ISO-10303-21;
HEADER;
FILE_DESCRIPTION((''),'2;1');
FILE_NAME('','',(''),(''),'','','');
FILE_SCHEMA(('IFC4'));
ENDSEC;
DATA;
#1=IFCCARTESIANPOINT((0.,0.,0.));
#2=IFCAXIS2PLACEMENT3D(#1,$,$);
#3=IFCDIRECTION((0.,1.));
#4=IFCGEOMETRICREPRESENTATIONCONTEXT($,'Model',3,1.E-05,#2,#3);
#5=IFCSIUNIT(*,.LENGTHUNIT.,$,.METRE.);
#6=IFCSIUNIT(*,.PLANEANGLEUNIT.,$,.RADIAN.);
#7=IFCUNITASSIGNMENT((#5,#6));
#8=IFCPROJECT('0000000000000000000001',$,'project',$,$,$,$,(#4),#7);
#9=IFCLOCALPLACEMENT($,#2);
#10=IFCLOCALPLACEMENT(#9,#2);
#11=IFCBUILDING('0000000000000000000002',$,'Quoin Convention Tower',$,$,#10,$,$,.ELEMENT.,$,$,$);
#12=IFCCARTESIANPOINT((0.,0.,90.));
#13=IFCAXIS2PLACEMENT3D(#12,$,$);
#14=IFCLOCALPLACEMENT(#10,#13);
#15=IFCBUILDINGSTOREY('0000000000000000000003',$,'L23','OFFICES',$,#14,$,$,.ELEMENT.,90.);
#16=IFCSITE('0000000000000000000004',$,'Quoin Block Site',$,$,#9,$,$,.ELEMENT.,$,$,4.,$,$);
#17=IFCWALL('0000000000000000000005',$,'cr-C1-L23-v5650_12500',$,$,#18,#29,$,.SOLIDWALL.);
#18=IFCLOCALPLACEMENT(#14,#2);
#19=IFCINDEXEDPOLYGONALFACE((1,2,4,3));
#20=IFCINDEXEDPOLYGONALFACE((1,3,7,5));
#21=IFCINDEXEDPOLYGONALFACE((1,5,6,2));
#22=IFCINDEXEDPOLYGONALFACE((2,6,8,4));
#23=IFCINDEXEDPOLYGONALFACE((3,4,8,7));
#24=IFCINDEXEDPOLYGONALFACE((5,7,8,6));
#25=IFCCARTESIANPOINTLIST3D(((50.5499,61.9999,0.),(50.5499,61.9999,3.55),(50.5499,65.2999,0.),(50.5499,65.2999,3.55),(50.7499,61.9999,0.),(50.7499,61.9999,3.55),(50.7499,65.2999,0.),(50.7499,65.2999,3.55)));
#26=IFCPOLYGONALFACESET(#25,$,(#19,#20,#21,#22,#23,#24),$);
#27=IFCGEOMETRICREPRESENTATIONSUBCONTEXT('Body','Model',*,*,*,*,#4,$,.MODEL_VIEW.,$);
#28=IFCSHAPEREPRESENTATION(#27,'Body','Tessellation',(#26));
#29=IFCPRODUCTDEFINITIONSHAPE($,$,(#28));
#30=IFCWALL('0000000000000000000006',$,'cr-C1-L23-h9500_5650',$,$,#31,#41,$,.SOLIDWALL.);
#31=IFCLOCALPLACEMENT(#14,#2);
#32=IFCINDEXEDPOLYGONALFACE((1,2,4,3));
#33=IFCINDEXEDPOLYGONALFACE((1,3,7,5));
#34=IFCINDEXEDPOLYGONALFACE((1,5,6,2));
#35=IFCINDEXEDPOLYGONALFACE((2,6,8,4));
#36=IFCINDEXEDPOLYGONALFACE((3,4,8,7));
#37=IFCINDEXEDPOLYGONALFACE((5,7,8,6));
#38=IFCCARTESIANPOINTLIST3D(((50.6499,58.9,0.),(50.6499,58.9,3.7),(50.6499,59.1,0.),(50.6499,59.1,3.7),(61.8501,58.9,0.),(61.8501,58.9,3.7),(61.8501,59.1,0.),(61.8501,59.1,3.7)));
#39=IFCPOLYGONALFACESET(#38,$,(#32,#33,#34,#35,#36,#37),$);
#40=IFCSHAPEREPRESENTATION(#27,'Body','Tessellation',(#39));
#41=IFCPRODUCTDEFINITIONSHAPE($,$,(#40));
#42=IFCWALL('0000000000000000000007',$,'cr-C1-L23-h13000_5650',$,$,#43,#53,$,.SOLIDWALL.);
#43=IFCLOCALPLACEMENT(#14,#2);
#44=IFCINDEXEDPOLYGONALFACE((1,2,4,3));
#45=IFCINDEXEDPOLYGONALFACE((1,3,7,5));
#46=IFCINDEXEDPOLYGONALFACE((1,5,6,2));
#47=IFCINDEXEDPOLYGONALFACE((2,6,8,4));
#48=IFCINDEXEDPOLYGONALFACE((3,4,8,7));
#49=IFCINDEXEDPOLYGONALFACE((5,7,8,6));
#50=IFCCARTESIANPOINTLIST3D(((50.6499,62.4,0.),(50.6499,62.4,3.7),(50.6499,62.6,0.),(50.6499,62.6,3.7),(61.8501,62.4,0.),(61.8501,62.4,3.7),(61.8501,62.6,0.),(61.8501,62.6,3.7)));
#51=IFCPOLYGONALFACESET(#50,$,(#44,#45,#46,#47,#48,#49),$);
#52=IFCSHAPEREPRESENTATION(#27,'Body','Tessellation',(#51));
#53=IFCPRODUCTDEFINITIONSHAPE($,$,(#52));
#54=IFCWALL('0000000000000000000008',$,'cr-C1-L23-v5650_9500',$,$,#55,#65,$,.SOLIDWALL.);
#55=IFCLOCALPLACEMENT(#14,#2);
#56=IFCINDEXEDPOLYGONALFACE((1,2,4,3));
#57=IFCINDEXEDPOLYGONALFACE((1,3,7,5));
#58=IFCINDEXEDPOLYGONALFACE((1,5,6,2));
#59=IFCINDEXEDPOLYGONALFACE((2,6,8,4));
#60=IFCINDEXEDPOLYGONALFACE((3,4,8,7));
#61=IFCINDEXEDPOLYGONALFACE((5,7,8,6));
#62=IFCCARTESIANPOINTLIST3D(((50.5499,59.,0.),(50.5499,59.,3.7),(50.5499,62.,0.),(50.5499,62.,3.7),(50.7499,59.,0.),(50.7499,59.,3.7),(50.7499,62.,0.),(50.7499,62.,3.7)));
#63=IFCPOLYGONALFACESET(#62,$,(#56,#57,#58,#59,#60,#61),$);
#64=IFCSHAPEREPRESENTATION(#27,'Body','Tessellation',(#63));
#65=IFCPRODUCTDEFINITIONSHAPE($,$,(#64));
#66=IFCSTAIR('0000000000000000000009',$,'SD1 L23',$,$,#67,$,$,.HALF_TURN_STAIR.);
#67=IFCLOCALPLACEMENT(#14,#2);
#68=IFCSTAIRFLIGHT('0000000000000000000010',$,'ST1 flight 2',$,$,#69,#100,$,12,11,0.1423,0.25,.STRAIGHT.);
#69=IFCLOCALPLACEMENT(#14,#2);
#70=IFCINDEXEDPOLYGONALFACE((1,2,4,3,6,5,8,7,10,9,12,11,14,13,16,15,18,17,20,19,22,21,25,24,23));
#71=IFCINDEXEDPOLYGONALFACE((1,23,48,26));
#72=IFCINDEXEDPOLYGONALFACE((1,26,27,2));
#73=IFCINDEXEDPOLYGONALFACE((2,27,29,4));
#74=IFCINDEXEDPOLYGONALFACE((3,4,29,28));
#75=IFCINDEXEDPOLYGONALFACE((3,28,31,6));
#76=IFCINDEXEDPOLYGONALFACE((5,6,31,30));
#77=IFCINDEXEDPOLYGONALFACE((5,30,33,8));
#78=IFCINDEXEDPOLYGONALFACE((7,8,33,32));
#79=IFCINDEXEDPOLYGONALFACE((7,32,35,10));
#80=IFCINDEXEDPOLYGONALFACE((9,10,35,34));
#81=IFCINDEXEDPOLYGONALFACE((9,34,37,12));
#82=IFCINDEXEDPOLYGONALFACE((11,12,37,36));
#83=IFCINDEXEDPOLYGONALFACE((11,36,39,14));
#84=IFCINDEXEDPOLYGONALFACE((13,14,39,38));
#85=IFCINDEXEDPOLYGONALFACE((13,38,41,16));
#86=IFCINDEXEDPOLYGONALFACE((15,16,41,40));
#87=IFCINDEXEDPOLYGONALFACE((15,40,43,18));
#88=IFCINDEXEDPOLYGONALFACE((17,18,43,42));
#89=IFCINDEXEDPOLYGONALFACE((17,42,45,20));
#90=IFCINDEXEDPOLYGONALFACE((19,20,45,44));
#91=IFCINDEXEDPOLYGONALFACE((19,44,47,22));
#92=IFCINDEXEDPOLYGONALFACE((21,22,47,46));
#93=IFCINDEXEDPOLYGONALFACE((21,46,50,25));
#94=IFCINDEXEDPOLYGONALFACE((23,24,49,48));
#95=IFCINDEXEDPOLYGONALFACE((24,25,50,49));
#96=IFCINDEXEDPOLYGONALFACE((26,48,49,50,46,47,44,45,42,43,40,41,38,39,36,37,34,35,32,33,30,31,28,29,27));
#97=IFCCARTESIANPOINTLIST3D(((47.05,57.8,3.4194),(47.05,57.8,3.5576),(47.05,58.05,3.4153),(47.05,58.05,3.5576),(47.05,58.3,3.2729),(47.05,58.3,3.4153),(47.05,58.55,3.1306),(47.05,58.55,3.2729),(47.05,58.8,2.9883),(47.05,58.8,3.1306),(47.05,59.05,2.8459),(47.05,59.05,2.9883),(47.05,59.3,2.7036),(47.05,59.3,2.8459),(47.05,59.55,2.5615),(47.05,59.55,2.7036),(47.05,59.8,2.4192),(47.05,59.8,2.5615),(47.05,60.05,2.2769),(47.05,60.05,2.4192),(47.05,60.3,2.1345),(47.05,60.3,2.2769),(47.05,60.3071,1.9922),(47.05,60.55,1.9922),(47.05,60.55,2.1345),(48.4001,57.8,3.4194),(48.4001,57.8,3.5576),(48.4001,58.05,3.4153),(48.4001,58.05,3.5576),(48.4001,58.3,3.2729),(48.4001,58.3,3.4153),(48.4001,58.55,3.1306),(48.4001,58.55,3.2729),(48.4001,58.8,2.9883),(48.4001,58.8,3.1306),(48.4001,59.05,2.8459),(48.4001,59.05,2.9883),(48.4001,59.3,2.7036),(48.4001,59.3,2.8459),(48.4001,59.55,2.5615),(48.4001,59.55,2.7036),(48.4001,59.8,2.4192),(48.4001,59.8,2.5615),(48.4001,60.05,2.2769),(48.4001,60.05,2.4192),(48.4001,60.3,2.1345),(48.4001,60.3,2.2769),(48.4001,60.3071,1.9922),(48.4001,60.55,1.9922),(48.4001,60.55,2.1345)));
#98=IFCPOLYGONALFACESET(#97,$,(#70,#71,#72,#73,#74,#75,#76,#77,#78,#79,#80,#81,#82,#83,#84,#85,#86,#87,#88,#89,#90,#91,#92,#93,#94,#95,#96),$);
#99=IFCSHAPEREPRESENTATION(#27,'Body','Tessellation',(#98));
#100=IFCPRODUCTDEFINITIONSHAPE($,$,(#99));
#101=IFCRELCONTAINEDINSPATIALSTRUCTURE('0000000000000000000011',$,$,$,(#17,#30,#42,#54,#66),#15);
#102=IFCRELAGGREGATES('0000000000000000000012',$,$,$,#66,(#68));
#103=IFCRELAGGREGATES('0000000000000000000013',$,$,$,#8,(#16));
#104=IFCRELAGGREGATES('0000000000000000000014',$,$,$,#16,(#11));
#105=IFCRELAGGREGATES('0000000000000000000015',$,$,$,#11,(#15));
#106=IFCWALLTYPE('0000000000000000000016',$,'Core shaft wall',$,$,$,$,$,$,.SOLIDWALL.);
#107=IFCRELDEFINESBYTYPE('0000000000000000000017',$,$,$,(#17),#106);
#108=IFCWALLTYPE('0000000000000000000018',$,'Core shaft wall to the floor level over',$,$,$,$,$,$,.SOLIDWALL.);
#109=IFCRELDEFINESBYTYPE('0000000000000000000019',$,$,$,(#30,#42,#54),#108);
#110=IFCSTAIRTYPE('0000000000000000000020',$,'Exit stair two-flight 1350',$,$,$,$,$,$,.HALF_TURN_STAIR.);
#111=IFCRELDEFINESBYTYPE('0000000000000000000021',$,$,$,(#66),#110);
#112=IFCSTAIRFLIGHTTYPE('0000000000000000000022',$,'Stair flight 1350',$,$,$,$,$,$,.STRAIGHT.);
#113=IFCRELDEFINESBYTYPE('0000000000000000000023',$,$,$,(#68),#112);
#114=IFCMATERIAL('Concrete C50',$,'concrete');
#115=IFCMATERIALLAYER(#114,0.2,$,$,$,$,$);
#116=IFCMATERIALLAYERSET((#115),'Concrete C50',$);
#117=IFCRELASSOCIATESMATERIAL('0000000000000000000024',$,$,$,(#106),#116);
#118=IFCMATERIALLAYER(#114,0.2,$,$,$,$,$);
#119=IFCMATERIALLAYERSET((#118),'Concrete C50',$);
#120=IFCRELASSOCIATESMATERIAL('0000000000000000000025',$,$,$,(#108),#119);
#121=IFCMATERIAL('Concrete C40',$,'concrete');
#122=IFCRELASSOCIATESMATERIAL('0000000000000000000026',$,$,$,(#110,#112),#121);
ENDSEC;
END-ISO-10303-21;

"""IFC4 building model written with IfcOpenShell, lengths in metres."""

from ifc_helpers import new_model, si_unit, direction, frame, frame_2d, origin, place, context, subcontext, project, spatial, polyline, rectangle, outline, extrude, material, layer, layer_set, type_object, element, aggregate, save


model = new_model("IFC4")

# Units and contexts
model_context = context("Model", 3, precision=1e-05, world=origin(), true_north=direction((0.0, 1.0)))
body_context = subcontext(model_context, "Body", "Model", "MODEL_VIEW")
ifc_project = project(units=[si_unit("LENGTHUNIT", "METRE"), si_unit("PLANEANGLEUNIT", "RADIAN")], contexts=[model_context])

# Site, building, storey
site_placement = place(None, origin())
site = spatial("IfcSite", under=ifc_project, at=site_placement, Name="Quoin Block Site", CompositionType="ELEMENT", RefElevation=4.0)
building_placement = place(site_placement, origin())
building = spatial("IfcBuilding", under=site, at=building_placement, Name="Quoin Convention Tower", CompositionType="ELEMENT")
storey_placement = place(building_placement, frame((0.0, 0.0, 90.0)))
storey = spatial("IfcBuildingStorey", under=building, at=storey_placement, Name="L23", Description="OFFICES", CompositionType="ELEMENT", Elevation=90.0)

# Shared definitions
ifc_material_1 = material(Name="Concrete C50", Category="concrete")
ifc_layer_1 = layer(ifc_material_1, 0.2)
ifc_layer_set_1 = layer_set([ifc_layer_1], Name="Concrete C50")
wall_type_1 = type_object("IfcWallType", Name="Core shaft wall", PredefinedType="SOLIDWALL", material=ifc_layer_set_1)

# Walls
wall_1_placement = place(storey_placement, frame((50.6499, 62.0, 0.0), z_axis=(0.0, 0.0, 1.0), x_axis=(0.0, 1.0, 0.0)))
element("IfcWall", 1, at=wall_1_placement, inside=storey, type_object=wall_type_1, Name="cr-C1-L23-v5650_12500", PredefinedType="SOLIDWALL", context=body_context, shape_type="SweptSolid", body=[
    extrude(rectangle(XDim=3.3, YDim=0.2, at=frame_2d((1.6499, 0.0))), origin(), (0.0, 0.0, 1.0), 3.55),
])
ifc_layer_2 = layer(ifc_material_1, 0.2)
ifc_layer_set_2 = layer_set([ifc_layer_2], Name="Concrete C50")
wall_type_2 = type_object("IfcWallType", Name="Core shaft wall to the floor level over", PredefinedType="SOLIDWALL", material=ifc_layer_set_2)
for number, where, z_axis, x_axis, name in (
    (2, (50.6499, 59.0, 0.0), (0.0, 0.0, 1.0), (1.0, 0.0, 0.0), "cr-C1-L23-h9500_5650"),
    (3, (50.6499, 62.5, 0.0), (0.0, 0.0, 1.0), (1.0, 0.0, 0.0), "cr-C1-L23-h13000_5650"),
):
    element("IfcWall", number, at=place(storey_placement, frame(where, z_axis=z_axis, x_axis=x_axis)), inside=storey, type_object=wall_type_2, Name=name, PredefinedType="SOLIDWALL", context=body_context, shape_type="SweptSolid", body=[
        extrude(rectangle(XDim=11.2002, YDim=0.2, at=frame_2d((5.6001, 0.0))), origin(), (0.0, 0.0, 1.0), 3.7),
    ])
wall_2_placement = place(storey_placement, frame((50.6499, 59.0, 0.0), z_axis=(0.0, 0.0, 1.0), x_axis=(0.0, 1.0, 0.0)))
element("IfcWall", 4, at=wall_2_placement, inside=storey, type_object=wall_type_2, Name="cr-C1-L23-v5650_9500", PredefinedType="SOLIDWALL", context=body_context, shape_type="SweptSolid", body=[
    extrude(rectangle(XDim=3.0, YDim=0.2, at=frame_2d((1.5, 0.0))), origin(), (0.0, 0.0, 1.0), 3.7),
])

# Stair, stair flight
ifc_material_2 = material(Name="Concrete C40", Category="concrete")
stair_type = type_object("IfcStairType", Name="Exit stair two-flight 1350", PredefinedType="HALF_TURN_STAIR", material=ifc_material_2)
stair_placement = place(storey_placement, origin())
stair = element("IfcStair", 5, at=stair_placement, inside=storey, type_object=stair_type, Name="SD1 L23", PredefinedType="HALF_TURN_STAIR")
stair_flight_type = type_object("IfcStairFlightType", Name="Stair flight 1350", PredefinedType="STRAIGHT", material=ifc_material_2)
stair_flight_placement = place(storey_placement, frame((47.7251, 60.55, 1.9922), z_axis=(0.0, 0.0, 1.0), x_axis=(0.0, -1.0, 0.0)))
stair_flight = element("IfcStairFlight", 6, at=stair_flight_placement, type_object=stair_flight_type, Name="ST1 flight 2", NumberOfRisers=12, NumberOfTreads=11, PredefinedType="STRAIGHT", RiserHeight=0.1423, TreadLength=0.25, context=body_context, shape_type="SweptSolid", body=[
    extrude(outline(polyline([(0.0, 0.0), (0.0, 0.1423), (0.25, 0.1423), (0.25, 0.2847), (0.5, 0.2847), (0.5, 0.427), (0.75, 0.427), (0.75, 0.5693), (1.0, 0.5693), (1.0, 0.7114), (1.25, 0.7114), (1.25, 0.8538), (1.5, 0.8538), (1.5, 0.9961), (1.75, 0.9961), (1.75, 1.1384), (2.0, 1.1384), (2.0, 1.2808), (2.25, 1.2808), (2.25, 1.4231), (2.5, 1.4231), (2.5, 1.5654), (2.75, 1.5654), (2.75, 1.7078), (2.75, 1.4272), (0.2429, 0.0), (0.0, 0.0)])), frame((0.0, 0.675, 0.0), z_axis=(0.0, -1.0, 0.0), x_axis=(1.0, 0.0, 0.0)), (0.0, 0.0, 1.0), 1.3501),
])
aggregate(stair, [stair_flight])

save(model, "model.ifc")
